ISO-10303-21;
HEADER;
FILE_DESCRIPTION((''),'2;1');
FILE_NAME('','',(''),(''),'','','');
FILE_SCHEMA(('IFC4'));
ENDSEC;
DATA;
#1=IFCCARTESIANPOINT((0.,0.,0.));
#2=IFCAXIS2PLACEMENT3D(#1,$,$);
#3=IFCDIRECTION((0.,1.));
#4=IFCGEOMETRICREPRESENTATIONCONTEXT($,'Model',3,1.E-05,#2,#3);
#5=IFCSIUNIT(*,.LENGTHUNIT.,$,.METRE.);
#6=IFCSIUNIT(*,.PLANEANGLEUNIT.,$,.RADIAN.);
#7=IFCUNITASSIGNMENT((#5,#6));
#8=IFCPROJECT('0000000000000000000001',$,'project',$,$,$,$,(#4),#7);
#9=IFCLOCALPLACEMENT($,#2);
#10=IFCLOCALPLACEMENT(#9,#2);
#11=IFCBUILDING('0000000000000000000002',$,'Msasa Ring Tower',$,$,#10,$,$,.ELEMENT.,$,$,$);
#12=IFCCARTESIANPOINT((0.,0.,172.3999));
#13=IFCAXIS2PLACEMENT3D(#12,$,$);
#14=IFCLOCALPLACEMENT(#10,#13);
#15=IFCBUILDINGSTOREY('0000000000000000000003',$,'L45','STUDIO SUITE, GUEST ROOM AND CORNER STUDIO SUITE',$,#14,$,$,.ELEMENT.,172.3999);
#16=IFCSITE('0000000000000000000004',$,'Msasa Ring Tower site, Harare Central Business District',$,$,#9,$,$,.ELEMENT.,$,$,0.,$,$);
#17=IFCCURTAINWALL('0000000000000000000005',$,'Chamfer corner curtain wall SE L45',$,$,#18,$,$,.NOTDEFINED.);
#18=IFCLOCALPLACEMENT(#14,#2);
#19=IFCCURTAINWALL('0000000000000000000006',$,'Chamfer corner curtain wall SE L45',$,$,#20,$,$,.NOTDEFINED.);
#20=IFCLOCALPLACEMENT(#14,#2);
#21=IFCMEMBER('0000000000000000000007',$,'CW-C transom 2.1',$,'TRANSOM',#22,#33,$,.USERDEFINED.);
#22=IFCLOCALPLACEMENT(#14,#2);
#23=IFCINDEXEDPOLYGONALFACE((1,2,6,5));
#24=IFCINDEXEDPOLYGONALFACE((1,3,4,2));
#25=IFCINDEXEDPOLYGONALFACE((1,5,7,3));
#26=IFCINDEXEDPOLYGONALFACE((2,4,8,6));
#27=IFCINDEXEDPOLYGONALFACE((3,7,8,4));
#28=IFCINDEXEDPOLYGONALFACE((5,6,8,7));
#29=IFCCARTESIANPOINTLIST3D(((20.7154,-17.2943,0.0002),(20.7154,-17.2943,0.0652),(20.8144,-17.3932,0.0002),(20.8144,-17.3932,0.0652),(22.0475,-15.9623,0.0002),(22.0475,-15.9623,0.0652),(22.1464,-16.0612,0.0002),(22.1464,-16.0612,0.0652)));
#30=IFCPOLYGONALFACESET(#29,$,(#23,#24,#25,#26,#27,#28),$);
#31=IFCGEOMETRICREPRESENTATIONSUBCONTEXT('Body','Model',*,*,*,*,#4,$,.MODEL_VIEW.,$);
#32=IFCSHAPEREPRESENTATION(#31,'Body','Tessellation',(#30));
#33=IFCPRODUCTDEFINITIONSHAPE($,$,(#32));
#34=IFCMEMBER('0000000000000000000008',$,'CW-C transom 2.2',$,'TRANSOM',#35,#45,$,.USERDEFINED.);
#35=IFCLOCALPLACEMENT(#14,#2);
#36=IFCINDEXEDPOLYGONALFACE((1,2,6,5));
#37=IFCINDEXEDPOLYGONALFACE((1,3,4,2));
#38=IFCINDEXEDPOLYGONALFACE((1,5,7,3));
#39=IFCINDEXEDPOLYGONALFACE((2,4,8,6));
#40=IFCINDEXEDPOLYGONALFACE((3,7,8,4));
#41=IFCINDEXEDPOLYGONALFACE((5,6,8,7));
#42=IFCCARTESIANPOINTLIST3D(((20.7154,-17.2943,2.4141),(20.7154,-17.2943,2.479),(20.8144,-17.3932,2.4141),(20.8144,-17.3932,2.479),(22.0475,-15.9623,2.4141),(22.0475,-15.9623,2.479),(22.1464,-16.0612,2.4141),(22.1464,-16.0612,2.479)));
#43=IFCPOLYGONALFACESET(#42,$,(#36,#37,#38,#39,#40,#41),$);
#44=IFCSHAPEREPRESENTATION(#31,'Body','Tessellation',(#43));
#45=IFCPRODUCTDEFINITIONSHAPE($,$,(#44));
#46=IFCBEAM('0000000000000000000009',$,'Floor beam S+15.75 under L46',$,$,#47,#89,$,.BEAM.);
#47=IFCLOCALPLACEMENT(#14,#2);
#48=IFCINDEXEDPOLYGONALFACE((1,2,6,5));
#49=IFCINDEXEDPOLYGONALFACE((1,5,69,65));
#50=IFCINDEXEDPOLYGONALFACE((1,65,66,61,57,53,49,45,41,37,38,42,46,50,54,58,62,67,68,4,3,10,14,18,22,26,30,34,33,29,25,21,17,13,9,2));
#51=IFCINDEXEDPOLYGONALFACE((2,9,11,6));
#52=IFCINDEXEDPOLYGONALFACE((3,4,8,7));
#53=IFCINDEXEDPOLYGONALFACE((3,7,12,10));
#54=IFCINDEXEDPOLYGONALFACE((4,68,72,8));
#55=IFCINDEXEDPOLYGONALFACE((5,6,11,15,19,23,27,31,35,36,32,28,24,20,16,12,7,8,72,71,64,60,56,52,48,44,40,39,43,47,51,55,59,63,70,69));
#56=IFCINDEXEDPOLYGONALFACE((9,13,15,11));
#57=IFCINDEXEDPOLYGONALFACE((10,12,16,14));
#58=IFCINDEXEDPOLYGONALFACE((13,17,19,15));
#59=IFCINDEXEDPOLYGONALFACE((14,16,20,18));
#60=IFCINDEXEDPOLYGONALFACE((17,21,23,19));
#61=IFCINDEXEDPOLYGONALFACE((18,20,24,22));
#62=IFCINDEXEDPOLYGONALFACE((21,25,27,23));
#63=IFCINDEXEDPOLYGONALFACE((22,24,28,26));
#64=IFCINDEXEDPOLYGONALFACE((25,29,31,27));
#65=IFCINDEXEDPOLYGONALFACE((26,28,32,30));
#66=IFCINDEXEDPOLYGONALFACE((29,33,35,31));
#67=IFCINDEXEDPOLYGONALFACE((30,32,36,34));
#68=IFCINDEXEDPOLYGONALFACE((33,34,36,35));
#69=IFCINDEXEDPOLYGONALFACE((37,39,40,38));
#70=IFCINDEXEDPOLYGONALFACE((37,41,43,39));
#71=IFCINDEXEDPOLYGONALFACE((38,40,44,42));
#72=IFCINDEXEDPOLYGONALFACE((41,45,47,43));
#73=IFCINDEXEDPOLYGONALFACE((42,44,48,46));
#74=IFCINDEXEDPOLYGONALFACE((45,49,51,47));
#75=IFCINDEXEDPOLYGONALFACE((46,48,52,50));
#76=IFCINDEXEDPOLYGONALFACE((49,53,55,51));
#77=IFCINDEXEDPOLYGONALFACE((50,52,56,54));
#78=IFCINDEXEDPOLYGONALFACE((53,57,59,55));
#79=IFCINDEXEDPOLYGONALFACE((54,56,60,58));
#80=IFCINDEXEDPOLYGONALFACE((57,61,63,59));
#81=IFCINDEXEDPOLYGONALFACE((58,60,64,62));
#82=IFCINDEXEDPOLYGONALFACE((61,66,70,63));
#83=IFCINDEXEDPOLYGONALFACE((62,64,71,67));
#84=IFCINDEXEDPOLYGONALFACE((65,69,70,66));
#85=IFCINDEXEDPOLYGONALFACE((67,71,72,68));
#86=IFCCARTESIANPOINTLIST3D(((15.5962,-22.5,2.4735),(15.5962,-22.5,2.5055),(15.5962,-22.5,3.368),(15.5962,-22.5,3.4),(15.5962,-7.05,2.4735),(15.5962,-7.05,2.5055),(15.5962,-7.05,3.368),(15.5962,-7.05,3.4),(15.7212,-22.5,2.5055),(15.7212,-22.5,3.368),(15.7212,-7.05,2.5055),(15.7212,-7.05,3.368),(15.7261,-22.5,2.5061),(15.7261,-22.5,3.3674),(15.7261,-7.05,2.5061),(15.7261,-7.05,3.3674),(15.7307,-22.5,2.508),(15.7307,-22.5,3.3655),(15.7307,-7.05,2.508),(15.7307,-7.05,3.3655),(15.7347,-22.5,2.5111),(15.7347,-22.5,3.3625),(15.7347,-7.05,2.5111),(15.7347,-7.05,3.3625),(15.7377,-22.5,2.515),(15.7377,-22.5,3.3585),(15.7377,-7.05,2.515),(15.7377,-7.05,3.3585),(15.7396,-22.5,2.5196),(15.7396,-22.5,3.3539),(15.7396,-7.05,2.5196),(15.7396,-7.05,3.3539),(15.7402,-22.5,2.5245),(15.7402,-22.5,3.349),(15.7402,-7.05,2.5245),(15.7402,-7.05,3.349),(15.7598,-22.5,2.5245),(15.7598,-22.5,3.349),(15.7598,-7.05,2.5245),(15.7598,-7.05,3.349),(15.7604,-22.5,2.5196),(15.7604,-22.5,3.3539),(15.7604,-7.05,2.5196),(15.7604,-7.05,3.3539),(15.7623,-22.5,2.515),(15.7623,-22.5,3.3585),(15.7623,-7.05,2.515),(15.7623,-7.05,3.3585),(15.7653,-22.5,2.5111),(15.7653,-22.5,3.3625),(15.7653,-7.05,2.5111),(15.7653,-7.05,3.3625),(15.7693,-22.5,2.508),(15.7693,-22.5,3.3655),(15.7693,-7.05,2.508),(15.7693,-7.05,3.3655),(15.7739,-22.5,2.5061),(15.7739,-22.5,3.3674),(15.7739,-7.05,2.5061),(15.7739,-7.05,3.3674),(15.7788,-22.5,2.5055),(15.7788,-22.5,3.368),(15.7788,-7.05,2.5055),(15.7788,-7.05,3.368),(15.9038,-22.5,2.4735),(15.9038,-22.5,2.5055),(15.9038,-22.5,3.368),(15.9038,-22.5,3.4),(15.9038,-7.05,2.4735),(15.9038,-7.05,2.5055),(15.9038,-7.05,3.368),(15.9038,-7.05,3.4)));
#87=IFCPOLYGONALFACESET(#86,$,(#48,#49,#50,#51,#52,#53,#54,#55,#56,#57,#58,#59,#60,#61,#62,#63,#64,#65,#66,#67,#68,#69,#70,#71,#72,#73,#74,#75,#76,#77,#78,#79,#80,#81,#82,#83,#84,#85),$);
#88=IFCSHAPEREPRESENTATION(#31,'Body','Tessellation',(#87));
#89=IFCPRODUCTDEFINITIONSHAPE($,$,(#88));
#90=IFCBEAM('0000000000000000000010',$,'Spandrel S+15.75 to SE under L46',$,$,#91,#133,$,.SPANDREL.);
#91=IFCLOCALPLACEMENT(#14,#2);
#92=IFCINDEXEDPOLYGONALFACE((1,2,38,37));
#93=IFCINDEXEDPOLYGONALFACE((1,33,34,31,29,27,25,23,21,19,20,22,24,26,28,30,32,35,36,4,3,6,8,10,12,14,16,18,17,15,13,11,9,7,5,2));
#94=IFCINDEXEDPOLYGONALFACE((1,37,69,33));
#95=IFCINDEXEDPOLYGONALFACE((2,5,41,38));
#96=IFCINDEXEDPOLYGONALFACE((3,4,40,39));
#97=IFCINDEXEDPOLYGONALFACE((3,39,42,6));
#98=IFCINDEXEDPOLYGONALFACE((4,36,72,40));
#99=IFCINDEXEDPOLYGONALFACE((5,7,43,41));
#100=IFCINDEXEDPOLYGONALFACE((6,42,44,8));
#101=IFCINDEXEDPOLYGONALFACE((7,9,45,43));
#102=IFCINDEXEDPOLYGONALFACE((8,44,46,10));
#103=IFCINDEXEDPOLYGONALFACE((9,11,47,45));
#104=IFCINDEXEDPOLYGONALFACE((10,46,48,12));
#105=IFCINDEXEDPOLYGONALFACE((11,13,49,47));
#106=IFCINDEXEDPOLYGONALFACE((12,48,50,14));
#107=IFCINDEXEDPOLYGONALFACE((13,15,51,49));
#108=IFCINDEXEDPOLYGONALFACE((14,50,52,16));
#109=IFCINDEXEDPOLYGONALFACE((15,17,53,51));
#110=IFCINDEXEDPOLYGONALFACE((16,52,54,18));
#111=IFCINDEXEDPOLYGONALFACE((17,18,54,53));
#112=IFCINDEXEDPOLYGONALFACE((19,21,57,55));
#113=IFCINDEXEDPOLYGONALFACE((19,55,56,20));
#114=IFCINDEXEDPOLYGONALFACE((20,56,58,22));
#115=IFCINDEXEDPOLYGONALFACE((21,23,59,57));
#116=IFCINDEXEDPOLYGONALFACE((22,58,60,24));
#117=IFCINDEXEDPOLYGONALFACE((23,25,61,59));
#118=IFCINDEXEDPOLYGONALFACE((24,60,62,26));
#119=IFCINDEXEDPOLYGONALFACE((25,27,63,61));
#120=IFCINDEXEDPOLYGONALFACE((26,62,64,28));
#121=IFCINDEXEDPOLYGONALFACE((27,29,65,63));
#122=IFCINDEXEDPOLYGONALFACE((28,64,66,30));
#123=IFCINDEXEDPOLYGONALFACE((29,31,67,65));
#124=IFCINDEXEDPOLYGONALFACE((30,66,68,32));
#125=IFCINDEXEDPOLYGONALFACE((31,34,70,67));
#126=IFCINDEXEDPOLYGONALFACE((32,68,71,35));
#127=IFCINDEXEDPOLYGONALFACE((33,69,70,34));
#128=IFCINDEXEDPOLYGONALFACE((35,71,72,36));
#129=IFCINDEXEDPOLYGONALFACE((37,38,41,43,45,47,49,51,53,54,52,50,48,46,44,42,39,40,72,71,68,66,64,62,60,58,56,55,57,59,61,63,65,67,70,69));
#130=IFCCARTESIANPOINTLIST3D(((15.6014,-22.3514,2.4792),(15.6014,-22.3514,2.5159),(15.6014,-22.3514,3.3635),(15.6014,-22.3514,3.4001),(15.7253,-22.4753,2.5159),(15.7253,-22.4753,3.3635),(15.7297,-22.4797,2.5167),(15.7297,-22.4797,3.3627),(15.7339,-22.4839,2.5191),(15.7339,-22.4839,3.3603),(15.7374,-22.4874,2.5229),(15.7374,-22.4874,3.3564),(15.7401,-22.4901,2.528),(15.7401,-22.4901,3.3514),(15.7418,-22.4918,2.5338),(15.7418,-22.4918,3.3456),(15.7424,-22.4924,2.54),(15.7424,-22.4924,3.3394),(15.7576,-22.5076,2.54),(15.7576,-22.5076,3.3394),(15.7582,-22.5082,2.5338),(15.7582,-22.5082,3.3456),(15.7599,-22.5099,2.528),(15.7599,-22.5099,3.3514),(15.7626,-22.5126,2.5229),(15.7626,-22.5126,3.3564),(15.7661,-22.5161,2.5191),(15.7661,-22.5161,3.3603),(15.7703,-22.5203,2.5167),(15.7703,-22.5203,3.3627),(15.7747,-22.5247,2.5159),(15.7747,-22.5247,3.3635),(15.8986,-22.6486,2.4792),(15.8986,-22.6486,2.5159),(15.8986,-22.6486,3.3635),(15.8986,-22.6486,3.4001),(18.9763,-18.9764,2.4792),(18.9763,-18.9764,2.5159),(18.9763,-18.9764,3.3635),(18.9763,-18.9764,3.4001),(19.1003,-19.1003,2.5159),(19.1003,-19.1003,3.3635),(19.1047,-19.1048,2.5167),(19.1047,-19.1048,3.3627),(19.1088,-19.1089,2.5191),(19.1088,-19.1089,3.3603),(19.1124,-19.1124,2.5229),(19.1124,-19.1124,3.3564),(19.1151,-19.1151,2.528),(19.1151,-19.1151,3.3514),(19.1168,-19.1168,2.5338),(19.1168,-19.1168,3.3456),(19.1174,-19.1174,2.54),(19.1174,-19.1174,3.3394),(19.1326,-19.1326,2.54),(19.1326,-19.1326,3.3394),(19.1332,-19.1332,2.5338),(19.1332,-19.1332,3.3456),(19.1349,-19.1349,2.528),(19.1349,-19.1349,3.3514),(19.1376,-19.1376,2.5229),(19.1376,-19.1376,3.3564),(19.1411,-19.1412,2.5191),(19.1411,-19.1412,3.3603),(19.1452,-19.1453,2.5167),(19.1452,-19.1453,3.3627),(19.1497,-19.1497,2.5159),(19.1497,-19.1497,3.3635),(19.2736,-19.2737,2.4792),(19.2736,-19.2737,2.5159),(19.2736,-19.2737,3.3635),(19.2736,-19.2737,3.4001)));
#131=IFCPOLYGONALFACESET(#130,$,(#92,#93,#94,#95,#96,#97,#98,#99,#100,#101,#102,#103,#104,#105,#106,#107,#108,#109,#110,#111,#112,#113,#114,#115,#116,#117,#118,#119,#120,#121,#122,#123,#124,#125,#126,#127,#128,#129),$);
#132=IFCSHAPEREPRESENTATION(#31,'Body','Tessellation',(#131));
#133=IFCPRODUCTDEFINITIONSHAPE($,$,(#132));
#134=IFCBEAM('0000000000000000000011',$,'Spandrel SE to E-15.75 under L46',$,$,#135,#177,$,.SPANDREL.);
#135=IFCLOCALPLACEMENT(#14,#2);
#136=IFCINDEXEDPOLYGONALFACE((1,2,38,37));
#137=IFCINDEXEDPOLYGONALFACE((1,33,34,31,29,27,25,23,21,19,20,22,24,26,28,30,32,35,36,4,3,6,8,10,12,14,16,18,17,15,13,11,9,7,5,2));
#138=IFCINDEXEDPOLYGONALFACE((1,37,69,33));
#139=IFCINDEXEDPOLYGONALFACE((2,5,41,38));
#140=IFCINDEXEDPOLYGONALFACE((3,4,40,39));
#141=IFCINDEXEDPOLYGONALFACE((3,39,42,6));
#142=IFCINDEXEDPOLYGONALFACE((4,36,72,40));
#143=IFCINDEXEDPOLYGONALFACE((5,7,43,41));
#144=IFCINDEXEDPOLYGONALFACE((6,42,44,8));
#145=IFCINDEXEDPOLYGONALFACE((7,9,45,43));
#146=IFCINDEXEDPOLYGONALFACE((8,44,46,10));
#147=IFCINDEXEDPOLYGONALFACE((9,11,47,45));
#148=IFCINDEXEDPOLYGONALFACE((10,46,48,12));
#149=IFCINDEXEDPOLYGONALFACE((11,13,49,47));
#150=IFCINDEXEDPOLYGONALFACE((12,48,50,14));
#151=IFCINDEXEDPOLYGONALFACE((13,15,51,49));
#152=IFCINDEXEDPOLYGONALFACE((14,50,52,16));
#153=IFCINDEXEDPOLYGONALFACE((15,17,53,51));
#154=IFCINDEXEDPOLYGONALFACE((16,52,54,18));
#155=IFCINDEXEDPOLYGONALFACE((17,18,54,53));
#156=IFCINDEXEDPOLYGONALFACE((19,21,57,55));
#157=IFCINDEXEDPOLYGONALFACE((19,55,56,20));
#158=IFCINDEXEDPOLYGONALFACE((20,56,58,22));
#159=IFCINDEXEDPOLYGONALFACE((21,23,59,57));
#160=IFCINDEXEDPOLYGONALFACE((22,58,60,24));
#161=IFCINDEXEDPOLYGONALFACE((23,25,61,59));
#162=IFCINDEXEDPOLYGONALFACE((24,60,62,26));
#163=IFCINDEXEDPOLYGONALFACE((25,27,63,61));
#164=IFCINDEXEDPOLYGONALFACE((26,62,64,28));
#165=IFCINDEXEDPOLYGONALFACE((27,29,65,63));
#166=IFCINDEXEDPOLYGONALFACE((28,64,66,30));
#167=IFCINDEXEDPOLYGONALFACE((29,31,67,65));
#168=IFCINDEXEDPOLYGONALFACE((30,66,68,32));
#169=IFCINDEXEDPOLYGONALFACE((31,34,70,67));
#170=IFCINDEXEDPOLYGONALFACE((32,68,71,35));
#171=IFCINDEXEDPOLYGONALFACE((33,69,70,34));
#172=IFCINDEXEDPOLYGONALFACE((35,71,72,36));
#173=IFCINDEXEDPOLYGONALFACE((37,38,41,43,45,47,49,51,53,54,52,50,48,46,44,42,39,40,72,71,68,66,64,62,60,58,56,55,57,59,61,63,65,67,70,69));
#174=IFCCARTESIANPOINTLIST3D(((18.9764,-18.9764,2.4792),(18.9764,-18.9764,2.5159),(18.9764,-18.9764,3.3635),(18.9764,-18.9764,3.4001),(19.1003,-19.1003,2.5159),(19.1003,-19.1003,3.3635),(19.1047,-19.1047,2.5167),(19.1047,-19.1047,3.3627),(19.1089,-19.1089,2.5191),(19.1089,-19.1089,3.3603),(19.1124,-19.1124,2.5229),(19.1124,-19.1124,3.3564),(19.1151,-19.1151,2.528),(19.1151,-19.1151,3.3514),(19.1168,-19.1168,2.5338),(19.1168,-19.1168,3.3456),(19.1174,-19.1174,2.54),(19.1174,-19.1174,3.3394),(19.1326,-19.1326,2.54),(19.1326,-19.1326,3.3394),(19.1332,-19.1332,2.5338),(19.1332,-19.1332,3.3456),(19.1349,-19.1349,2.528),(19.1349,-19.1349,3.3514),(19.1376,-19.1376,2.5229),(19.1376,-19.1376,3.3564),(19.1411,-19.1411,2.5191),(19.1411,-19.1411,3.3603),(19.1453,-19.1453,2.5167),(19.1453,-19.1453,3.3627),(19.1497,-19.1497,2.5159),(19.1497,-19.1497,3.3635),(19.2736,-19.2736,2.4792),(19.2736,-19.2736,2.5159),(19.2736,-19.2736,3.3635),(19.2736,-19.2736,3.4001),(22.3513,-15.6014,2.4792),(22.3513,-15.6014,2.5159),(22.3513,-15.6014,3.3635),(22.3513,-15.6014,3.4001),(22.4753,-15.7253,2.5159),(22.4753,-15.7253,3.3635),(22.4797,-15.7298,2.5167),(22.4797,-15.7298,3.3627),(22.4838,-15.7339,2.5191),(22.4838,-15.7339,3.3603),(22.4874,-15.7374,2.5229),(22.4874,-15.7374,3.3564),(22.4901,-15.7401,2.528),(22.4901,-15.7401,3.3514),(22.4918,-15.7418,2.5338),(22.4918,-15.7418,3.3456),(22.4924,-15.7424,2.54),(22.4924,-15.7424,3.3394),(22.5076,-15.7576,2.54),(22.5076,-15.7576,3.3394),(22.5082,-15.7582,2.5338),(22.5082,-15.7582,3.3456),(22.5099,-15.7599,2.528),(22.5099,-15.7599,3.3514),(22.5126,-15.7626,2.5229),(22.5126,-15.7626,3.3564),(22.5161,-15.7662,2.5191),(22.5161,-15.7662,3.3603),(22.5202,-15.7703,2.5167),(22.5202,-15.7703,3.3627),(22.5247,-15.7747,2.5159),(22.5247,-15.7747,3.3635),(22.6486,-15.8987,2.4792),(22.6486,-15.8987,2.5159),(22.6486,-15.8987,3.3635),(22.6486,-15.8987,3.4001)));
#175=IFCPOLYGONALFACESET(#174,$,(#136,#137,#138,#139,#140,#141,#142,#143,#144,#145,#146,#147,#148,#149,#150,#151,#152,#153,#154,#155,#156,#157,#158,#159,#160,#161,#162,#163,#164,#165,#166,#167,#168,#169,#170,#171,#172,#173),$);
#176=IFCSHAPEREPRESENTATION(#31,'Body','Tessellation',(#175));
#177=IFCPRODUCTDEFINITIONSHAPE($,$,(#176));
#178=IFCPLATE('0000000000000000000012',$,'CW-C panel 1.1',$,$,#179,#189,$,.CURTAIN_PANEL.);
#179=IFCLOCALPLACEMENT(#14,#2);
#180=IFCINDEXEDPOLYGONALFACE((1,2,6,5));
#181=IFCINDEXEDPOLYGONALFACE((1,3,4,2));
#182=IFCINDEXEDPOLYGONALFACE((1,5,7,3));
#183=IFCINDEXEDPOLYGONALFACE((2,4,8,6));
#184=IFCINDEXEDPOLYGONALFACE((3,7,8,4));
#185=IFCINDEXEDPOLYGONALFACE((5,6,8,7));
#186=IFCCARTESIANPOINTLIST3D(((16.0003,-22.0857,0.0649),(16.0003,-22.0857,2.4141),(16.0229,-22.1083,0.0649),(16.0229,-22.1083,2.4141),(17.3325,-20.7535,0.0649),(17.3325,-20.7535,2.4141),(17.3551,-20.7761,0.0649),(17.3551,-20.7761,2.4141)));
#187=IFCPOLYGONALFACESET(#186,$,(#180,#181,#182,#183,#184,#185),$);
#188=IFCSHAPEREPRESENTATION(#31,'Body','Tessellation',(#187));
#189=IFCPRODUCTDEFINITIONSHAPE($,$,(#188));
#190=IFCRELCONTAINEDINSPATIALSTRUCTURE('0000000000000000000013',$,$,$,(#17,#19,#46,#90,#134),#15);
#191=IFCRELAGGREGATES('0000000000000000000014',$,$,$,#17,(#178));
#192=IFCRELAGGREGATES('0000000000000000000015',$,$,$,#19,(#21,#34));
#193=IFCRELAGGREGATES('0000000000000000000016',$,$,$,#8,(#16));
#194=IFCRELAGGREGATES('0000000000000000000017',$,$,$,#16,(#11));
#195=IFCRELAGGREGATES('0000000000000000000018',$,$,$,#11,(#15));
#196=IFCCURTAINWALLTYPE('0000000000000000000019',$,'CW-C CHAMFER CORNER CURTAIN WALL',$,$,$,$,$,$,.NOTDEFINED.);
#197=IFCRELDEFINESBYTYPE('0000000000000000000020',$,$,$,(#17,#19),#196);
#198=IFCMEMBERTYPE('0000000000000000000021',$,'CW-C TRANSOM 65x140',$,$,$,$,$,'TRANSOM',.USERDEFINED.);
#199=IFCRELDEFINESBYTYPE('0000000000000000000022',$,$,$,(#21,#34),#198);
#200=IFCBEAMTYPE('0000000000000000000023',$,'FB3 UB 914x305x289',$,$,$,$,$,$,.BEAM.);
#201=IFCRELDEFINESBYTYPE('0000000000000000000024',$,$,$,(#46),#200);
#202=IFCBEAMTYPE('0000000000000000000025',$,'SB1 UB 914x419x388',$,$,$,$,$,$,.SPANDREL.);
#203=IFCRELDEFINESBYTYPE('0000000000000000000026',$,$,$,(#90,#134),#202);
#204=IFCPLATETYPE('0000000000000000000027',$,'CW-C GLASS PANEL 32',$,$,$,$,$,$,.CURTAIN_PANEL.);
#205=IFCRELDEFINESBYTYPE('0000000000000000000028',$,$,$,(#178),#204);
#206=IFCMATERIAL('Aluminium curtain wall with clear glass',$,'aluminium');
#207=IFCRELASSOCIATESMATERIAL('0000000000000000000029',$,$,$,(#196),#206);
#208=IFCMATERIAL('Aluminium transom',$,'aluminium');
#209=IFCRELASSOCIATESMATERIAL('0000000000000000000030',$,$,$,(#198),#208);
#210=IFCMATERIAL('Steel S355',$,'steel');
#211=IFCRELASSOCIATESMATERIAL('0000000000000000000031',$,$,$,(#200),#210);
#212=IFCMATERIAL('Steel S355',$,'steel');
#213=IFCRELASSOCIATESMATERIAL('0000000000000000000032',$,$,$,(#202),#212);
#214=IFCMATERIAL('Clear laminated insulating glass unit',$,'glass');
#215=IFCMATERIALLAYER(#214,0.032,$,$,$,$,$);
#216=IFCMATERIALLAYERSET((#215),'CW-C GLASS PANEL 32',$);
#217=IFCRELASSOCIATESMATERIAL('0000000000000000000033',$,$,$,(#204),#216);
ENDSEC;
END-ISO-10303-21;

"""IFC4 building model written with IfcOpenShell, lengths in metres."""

from ifc_helpers import new_model, si_unit, direction, frame, origin, origin_2d, place, context, subcontext, project, spatial, rectangle, i_section, extrude, material, layer, layer_set, material_profile, profile_set, type_object, element, aggregate, save


model = new_model("IFC4")

# Units and contexts
model_context = context("Model", 3, precision=1e-05, world=origin(), true_north=direction((0.0, 1.0)))
body_context = subcontext(model_context, "Body", "Model", "MODEL_VIEW")
ifc_project = project(units=[si_unit("LENGTHUNIT", "METRE"), si_unit("PLANEANGLEUNIT", "RADIAN")], contexts=[model_context])

# Site, building, storey
site_placement = place(None, origin())
site = spatial("IfcSite", under=ifc_project, at=site_placement, Name="Msasa Ring Tower site, Harare Central Business District", CompositionType="ELEMENT", RefElevation=0.0)
building_placement = place(site_placement, origin())
building = spatial("IfcBuilding", under=site, at=building_placement, Name="Msasa Ring Tower", CompositionType="ELEMENT")
storey_placement = place(building_placement, frame((0.0, 0.0, 172.3999)))
storey = spatial("IfcBuildingStorey", under=building, at=storey_placement, Name="L45", Description="STUDIO SUITE, GUEST ROOM AND CORNER STUDIO SUITE", CompositionType="ELEMENT", Elevation=172.3999)

# Curtain walls
ifc_material_1 = material(Name="Aluminium curtain wall with clear glass", Category="aluminium")
curtain_wall_type = type_object("IfcCurtainWallType", Name="CW-C CHAMFER CORNER CURTAIN WALL", PredefinedType="NOTDEFINED", material=ifc_material_1)
curtain_wall_1_placement = place(storey_placement, origin())
curtain_wall_1 = element("IfcCurtainWall", 1, at=curtain_wall_1_placement, inside=storey, type_object=curtain_wall_type, Name="Chamfer corner curtain wall SE L45", PredefinedType="NOTDEFINED")
curtain_wall_2_placement = place(storey_placement, origin())
curtain_wall_2 = element("IfcCurtainWall", 2, at=curtain_wall_2_placement, inside=storey, type_object=curtain_wall_type, Name="Chamfer corner curtain wall SE L45", PredefinedType="NOTDEFINED")

# Members
ifc_material_2 = material(Name="Aluminium transom", Category="aluminium")
ifc_material_profile_1 = material_profile(ifc_material_2, rectangle(XDim=0.1399, YDim=0.0649, at=origin_2d()), Name="AL 65x140")
ifc_profile_set_1 = profile_set([ifc_material_profile_1], Name="Aluminium transom")
member_type_1 = type_object("IfcMemberType", Name="CW-C TRANSOM 65x140", ElementType="TRANSOM", PredefinedType="USERDEFINED", material=ifc_profile_set_1)
member_1_placement = place(storey_placement, frame((20.7649, -17.3438, 0.0327), z_axis=(0.707107, 0.707107, 0.0), x_axis=(-0.707107, 0.707107, 0.0)))
member_1 = element("IfcMember", 3, at=member_1_placement, type_object=member_type_1, Name="CW-C transom 2.1", ObjectType="TRANSOM", PredefinedType="USERDEFINED", context=body_context, shape_type="SweptSolid", body=[
    extrude(rectangle(XDim=0.1399, YDim=0.0649, at=origin_2d()), origin(), (0.0, 0.0, 1.0), 1.8838),
])
member_2_placement = place(storey_placement, frame((20.7649, -17.3438, 2.4465), z_axis=(0.707107, 0.707107, 0.0), x_axis=(-0.707107, 0.707107, 0.0)))
member_2 = element("IfcMember", 4, at=member_2_placement, type_object=member_type_1, Name="CW-C transom 2.2", ObjectType="TRANSOM", PredefinedType="USERDEFINED", context=body_context, shape_type="SweptSolid", body=[
    extrude(rectangle(XDim=0.1399, YDim=0.0649, at=origin_2d()), origin(), (0.0, 0.0, 1.0), 1.8838),
])

# Beams
ifc_material_3 = material(Name="Steel S355", Category="steel")
ifc_material_profile_2 = material_profile(ifc_material_3, i_section(OverallWidth=0.3076, OverallDepth=0.9265, WebThickness=0.0195, FlangeThickness=0.032, FilletRadius=0.019, at=origin_2d()), Name="UB 914x305x289")
ifc_profile_set_2 = profile_set([ifc_material_profile_2], Name="Steel S355")
beam_type_1 = type_object("IfcBeamType", Name="FB3 UB 914x305x289", PredefinedType="BEAM", material=ifc_profile_set_2)
beam_placement = place(storey_placement, frame((15.75, -22.5, 2.9368), z_axis=(0.0, 1.0, 0.0), x_axis=(-1.0, 0.0, 0.0)))
element("IfcBeam", 5, at=beam_placement, inside=storey, type_object=beam_type_1, Name="Floor beam S+15.75 under L46", PredefinedType="BEAM", context=body_context, shape_type="SweptSolid", body=[
    extrude(i_section(OverallWidth=0.3076, OverallDepth=0.9265, WebThickness=0.0195, FlangeThickness=0.032, FilletRadius=0.019, at=origin_2d()), origin(), (0.0, 0.0, 1.0), 15.45),
])
ifc_material_4 = material(Name="Steel S355", Category="steel")
ifc_material_profile_3 = material_profile(ifc_material_4, i_section(OverallWidth=0.4204, OverallDepth=0.9209, WebThickness=0.0215, FlangeThickness=0.0366, FilletRadius=0.0242, at=origin_2d()), Name="UB 914x419x388")
ifc_profile_set_3 = profile_set([ifc_material_profile_3], Name="Steel S355")
beam_type_2 = type_object("IfcBeamType", Name="SB1 UB 914x419x388", PredefinedType="SPANDREL", material=ifc_profile_set_3)
for number, where, z_axis, x_axis, name in (
    (6, (15.75, -22.5, 2.9397), (0.707107, 0.707107, 0.0), (-0.707107, 0.707107, 0.0), "Spandrel S+15.75 to SE under L46"),
    (7, (19.125, -19.125, 2.9397), (0.707107, 0.707107, 0.0), (-0.707107, 0.707107, 0.0), "Spandrel SE to E-15.75 under L46"),
):
    element("IfcBeam", number, at=place(storey_placement, frame(where, z_axis=z_axis, x_axis=x_axis)), inside=storey, type_object=beam_type_2, Name=name, PredefinedType="SPANDREL", context=body_context, shape_type="SweptSolid", body=[
        extrude(i_section(OverallWidth=0.4204, OverallDepth=0.9209, WebThickness=0.0215, FlangeThickness=0.0366, FilletRadius=0.0242, at=origin_2d()), origin(), (0.0, 0.0, 1.0), 4.7729),
    ])

# Plate
ifc_material_5 = material(Name="Clear laminated insulating glass unit", Category="glass")
ifc_layer_1 = layer(ifc_material_5, 0.032)
ifc_layer_set_1 = layer_set([ifc_layer_1], Name="CW-C GLASS PANEL 32")
plate_type = type_object("IfcPlateType", Name="CW-C GLASS PANEL 32", PredefinedType="CURTAIN_PANEL", material=ifc_layer_set_1)
plate_1_placement = place(storey_placement, frame((16.6777, -21.4309, 0.0649), z_axis=(0.0, 0.0, 1.0), x_axis=(0.707107, 0.707107, 0.0)))
plate_1 = element("IfcPlate", 8, at=plate_1_placement, type_object=plate_type, Name="CW-C panel 1.1", PredefinedType="CURTAIN_PANEL", context=body_context, shape_type="SweptSolid", body=[
    extrude(rectangle(XDim=1.884, YDim=0.032, at=origin_2d()), origin(), (0.0, 0.0, 1.0), 2.3491),
])
aggregate(curtain_wall_1, [plate_1])
aggregate(curtain_wall_2, [member_1, member_2])

save(model, "model.ifc")
